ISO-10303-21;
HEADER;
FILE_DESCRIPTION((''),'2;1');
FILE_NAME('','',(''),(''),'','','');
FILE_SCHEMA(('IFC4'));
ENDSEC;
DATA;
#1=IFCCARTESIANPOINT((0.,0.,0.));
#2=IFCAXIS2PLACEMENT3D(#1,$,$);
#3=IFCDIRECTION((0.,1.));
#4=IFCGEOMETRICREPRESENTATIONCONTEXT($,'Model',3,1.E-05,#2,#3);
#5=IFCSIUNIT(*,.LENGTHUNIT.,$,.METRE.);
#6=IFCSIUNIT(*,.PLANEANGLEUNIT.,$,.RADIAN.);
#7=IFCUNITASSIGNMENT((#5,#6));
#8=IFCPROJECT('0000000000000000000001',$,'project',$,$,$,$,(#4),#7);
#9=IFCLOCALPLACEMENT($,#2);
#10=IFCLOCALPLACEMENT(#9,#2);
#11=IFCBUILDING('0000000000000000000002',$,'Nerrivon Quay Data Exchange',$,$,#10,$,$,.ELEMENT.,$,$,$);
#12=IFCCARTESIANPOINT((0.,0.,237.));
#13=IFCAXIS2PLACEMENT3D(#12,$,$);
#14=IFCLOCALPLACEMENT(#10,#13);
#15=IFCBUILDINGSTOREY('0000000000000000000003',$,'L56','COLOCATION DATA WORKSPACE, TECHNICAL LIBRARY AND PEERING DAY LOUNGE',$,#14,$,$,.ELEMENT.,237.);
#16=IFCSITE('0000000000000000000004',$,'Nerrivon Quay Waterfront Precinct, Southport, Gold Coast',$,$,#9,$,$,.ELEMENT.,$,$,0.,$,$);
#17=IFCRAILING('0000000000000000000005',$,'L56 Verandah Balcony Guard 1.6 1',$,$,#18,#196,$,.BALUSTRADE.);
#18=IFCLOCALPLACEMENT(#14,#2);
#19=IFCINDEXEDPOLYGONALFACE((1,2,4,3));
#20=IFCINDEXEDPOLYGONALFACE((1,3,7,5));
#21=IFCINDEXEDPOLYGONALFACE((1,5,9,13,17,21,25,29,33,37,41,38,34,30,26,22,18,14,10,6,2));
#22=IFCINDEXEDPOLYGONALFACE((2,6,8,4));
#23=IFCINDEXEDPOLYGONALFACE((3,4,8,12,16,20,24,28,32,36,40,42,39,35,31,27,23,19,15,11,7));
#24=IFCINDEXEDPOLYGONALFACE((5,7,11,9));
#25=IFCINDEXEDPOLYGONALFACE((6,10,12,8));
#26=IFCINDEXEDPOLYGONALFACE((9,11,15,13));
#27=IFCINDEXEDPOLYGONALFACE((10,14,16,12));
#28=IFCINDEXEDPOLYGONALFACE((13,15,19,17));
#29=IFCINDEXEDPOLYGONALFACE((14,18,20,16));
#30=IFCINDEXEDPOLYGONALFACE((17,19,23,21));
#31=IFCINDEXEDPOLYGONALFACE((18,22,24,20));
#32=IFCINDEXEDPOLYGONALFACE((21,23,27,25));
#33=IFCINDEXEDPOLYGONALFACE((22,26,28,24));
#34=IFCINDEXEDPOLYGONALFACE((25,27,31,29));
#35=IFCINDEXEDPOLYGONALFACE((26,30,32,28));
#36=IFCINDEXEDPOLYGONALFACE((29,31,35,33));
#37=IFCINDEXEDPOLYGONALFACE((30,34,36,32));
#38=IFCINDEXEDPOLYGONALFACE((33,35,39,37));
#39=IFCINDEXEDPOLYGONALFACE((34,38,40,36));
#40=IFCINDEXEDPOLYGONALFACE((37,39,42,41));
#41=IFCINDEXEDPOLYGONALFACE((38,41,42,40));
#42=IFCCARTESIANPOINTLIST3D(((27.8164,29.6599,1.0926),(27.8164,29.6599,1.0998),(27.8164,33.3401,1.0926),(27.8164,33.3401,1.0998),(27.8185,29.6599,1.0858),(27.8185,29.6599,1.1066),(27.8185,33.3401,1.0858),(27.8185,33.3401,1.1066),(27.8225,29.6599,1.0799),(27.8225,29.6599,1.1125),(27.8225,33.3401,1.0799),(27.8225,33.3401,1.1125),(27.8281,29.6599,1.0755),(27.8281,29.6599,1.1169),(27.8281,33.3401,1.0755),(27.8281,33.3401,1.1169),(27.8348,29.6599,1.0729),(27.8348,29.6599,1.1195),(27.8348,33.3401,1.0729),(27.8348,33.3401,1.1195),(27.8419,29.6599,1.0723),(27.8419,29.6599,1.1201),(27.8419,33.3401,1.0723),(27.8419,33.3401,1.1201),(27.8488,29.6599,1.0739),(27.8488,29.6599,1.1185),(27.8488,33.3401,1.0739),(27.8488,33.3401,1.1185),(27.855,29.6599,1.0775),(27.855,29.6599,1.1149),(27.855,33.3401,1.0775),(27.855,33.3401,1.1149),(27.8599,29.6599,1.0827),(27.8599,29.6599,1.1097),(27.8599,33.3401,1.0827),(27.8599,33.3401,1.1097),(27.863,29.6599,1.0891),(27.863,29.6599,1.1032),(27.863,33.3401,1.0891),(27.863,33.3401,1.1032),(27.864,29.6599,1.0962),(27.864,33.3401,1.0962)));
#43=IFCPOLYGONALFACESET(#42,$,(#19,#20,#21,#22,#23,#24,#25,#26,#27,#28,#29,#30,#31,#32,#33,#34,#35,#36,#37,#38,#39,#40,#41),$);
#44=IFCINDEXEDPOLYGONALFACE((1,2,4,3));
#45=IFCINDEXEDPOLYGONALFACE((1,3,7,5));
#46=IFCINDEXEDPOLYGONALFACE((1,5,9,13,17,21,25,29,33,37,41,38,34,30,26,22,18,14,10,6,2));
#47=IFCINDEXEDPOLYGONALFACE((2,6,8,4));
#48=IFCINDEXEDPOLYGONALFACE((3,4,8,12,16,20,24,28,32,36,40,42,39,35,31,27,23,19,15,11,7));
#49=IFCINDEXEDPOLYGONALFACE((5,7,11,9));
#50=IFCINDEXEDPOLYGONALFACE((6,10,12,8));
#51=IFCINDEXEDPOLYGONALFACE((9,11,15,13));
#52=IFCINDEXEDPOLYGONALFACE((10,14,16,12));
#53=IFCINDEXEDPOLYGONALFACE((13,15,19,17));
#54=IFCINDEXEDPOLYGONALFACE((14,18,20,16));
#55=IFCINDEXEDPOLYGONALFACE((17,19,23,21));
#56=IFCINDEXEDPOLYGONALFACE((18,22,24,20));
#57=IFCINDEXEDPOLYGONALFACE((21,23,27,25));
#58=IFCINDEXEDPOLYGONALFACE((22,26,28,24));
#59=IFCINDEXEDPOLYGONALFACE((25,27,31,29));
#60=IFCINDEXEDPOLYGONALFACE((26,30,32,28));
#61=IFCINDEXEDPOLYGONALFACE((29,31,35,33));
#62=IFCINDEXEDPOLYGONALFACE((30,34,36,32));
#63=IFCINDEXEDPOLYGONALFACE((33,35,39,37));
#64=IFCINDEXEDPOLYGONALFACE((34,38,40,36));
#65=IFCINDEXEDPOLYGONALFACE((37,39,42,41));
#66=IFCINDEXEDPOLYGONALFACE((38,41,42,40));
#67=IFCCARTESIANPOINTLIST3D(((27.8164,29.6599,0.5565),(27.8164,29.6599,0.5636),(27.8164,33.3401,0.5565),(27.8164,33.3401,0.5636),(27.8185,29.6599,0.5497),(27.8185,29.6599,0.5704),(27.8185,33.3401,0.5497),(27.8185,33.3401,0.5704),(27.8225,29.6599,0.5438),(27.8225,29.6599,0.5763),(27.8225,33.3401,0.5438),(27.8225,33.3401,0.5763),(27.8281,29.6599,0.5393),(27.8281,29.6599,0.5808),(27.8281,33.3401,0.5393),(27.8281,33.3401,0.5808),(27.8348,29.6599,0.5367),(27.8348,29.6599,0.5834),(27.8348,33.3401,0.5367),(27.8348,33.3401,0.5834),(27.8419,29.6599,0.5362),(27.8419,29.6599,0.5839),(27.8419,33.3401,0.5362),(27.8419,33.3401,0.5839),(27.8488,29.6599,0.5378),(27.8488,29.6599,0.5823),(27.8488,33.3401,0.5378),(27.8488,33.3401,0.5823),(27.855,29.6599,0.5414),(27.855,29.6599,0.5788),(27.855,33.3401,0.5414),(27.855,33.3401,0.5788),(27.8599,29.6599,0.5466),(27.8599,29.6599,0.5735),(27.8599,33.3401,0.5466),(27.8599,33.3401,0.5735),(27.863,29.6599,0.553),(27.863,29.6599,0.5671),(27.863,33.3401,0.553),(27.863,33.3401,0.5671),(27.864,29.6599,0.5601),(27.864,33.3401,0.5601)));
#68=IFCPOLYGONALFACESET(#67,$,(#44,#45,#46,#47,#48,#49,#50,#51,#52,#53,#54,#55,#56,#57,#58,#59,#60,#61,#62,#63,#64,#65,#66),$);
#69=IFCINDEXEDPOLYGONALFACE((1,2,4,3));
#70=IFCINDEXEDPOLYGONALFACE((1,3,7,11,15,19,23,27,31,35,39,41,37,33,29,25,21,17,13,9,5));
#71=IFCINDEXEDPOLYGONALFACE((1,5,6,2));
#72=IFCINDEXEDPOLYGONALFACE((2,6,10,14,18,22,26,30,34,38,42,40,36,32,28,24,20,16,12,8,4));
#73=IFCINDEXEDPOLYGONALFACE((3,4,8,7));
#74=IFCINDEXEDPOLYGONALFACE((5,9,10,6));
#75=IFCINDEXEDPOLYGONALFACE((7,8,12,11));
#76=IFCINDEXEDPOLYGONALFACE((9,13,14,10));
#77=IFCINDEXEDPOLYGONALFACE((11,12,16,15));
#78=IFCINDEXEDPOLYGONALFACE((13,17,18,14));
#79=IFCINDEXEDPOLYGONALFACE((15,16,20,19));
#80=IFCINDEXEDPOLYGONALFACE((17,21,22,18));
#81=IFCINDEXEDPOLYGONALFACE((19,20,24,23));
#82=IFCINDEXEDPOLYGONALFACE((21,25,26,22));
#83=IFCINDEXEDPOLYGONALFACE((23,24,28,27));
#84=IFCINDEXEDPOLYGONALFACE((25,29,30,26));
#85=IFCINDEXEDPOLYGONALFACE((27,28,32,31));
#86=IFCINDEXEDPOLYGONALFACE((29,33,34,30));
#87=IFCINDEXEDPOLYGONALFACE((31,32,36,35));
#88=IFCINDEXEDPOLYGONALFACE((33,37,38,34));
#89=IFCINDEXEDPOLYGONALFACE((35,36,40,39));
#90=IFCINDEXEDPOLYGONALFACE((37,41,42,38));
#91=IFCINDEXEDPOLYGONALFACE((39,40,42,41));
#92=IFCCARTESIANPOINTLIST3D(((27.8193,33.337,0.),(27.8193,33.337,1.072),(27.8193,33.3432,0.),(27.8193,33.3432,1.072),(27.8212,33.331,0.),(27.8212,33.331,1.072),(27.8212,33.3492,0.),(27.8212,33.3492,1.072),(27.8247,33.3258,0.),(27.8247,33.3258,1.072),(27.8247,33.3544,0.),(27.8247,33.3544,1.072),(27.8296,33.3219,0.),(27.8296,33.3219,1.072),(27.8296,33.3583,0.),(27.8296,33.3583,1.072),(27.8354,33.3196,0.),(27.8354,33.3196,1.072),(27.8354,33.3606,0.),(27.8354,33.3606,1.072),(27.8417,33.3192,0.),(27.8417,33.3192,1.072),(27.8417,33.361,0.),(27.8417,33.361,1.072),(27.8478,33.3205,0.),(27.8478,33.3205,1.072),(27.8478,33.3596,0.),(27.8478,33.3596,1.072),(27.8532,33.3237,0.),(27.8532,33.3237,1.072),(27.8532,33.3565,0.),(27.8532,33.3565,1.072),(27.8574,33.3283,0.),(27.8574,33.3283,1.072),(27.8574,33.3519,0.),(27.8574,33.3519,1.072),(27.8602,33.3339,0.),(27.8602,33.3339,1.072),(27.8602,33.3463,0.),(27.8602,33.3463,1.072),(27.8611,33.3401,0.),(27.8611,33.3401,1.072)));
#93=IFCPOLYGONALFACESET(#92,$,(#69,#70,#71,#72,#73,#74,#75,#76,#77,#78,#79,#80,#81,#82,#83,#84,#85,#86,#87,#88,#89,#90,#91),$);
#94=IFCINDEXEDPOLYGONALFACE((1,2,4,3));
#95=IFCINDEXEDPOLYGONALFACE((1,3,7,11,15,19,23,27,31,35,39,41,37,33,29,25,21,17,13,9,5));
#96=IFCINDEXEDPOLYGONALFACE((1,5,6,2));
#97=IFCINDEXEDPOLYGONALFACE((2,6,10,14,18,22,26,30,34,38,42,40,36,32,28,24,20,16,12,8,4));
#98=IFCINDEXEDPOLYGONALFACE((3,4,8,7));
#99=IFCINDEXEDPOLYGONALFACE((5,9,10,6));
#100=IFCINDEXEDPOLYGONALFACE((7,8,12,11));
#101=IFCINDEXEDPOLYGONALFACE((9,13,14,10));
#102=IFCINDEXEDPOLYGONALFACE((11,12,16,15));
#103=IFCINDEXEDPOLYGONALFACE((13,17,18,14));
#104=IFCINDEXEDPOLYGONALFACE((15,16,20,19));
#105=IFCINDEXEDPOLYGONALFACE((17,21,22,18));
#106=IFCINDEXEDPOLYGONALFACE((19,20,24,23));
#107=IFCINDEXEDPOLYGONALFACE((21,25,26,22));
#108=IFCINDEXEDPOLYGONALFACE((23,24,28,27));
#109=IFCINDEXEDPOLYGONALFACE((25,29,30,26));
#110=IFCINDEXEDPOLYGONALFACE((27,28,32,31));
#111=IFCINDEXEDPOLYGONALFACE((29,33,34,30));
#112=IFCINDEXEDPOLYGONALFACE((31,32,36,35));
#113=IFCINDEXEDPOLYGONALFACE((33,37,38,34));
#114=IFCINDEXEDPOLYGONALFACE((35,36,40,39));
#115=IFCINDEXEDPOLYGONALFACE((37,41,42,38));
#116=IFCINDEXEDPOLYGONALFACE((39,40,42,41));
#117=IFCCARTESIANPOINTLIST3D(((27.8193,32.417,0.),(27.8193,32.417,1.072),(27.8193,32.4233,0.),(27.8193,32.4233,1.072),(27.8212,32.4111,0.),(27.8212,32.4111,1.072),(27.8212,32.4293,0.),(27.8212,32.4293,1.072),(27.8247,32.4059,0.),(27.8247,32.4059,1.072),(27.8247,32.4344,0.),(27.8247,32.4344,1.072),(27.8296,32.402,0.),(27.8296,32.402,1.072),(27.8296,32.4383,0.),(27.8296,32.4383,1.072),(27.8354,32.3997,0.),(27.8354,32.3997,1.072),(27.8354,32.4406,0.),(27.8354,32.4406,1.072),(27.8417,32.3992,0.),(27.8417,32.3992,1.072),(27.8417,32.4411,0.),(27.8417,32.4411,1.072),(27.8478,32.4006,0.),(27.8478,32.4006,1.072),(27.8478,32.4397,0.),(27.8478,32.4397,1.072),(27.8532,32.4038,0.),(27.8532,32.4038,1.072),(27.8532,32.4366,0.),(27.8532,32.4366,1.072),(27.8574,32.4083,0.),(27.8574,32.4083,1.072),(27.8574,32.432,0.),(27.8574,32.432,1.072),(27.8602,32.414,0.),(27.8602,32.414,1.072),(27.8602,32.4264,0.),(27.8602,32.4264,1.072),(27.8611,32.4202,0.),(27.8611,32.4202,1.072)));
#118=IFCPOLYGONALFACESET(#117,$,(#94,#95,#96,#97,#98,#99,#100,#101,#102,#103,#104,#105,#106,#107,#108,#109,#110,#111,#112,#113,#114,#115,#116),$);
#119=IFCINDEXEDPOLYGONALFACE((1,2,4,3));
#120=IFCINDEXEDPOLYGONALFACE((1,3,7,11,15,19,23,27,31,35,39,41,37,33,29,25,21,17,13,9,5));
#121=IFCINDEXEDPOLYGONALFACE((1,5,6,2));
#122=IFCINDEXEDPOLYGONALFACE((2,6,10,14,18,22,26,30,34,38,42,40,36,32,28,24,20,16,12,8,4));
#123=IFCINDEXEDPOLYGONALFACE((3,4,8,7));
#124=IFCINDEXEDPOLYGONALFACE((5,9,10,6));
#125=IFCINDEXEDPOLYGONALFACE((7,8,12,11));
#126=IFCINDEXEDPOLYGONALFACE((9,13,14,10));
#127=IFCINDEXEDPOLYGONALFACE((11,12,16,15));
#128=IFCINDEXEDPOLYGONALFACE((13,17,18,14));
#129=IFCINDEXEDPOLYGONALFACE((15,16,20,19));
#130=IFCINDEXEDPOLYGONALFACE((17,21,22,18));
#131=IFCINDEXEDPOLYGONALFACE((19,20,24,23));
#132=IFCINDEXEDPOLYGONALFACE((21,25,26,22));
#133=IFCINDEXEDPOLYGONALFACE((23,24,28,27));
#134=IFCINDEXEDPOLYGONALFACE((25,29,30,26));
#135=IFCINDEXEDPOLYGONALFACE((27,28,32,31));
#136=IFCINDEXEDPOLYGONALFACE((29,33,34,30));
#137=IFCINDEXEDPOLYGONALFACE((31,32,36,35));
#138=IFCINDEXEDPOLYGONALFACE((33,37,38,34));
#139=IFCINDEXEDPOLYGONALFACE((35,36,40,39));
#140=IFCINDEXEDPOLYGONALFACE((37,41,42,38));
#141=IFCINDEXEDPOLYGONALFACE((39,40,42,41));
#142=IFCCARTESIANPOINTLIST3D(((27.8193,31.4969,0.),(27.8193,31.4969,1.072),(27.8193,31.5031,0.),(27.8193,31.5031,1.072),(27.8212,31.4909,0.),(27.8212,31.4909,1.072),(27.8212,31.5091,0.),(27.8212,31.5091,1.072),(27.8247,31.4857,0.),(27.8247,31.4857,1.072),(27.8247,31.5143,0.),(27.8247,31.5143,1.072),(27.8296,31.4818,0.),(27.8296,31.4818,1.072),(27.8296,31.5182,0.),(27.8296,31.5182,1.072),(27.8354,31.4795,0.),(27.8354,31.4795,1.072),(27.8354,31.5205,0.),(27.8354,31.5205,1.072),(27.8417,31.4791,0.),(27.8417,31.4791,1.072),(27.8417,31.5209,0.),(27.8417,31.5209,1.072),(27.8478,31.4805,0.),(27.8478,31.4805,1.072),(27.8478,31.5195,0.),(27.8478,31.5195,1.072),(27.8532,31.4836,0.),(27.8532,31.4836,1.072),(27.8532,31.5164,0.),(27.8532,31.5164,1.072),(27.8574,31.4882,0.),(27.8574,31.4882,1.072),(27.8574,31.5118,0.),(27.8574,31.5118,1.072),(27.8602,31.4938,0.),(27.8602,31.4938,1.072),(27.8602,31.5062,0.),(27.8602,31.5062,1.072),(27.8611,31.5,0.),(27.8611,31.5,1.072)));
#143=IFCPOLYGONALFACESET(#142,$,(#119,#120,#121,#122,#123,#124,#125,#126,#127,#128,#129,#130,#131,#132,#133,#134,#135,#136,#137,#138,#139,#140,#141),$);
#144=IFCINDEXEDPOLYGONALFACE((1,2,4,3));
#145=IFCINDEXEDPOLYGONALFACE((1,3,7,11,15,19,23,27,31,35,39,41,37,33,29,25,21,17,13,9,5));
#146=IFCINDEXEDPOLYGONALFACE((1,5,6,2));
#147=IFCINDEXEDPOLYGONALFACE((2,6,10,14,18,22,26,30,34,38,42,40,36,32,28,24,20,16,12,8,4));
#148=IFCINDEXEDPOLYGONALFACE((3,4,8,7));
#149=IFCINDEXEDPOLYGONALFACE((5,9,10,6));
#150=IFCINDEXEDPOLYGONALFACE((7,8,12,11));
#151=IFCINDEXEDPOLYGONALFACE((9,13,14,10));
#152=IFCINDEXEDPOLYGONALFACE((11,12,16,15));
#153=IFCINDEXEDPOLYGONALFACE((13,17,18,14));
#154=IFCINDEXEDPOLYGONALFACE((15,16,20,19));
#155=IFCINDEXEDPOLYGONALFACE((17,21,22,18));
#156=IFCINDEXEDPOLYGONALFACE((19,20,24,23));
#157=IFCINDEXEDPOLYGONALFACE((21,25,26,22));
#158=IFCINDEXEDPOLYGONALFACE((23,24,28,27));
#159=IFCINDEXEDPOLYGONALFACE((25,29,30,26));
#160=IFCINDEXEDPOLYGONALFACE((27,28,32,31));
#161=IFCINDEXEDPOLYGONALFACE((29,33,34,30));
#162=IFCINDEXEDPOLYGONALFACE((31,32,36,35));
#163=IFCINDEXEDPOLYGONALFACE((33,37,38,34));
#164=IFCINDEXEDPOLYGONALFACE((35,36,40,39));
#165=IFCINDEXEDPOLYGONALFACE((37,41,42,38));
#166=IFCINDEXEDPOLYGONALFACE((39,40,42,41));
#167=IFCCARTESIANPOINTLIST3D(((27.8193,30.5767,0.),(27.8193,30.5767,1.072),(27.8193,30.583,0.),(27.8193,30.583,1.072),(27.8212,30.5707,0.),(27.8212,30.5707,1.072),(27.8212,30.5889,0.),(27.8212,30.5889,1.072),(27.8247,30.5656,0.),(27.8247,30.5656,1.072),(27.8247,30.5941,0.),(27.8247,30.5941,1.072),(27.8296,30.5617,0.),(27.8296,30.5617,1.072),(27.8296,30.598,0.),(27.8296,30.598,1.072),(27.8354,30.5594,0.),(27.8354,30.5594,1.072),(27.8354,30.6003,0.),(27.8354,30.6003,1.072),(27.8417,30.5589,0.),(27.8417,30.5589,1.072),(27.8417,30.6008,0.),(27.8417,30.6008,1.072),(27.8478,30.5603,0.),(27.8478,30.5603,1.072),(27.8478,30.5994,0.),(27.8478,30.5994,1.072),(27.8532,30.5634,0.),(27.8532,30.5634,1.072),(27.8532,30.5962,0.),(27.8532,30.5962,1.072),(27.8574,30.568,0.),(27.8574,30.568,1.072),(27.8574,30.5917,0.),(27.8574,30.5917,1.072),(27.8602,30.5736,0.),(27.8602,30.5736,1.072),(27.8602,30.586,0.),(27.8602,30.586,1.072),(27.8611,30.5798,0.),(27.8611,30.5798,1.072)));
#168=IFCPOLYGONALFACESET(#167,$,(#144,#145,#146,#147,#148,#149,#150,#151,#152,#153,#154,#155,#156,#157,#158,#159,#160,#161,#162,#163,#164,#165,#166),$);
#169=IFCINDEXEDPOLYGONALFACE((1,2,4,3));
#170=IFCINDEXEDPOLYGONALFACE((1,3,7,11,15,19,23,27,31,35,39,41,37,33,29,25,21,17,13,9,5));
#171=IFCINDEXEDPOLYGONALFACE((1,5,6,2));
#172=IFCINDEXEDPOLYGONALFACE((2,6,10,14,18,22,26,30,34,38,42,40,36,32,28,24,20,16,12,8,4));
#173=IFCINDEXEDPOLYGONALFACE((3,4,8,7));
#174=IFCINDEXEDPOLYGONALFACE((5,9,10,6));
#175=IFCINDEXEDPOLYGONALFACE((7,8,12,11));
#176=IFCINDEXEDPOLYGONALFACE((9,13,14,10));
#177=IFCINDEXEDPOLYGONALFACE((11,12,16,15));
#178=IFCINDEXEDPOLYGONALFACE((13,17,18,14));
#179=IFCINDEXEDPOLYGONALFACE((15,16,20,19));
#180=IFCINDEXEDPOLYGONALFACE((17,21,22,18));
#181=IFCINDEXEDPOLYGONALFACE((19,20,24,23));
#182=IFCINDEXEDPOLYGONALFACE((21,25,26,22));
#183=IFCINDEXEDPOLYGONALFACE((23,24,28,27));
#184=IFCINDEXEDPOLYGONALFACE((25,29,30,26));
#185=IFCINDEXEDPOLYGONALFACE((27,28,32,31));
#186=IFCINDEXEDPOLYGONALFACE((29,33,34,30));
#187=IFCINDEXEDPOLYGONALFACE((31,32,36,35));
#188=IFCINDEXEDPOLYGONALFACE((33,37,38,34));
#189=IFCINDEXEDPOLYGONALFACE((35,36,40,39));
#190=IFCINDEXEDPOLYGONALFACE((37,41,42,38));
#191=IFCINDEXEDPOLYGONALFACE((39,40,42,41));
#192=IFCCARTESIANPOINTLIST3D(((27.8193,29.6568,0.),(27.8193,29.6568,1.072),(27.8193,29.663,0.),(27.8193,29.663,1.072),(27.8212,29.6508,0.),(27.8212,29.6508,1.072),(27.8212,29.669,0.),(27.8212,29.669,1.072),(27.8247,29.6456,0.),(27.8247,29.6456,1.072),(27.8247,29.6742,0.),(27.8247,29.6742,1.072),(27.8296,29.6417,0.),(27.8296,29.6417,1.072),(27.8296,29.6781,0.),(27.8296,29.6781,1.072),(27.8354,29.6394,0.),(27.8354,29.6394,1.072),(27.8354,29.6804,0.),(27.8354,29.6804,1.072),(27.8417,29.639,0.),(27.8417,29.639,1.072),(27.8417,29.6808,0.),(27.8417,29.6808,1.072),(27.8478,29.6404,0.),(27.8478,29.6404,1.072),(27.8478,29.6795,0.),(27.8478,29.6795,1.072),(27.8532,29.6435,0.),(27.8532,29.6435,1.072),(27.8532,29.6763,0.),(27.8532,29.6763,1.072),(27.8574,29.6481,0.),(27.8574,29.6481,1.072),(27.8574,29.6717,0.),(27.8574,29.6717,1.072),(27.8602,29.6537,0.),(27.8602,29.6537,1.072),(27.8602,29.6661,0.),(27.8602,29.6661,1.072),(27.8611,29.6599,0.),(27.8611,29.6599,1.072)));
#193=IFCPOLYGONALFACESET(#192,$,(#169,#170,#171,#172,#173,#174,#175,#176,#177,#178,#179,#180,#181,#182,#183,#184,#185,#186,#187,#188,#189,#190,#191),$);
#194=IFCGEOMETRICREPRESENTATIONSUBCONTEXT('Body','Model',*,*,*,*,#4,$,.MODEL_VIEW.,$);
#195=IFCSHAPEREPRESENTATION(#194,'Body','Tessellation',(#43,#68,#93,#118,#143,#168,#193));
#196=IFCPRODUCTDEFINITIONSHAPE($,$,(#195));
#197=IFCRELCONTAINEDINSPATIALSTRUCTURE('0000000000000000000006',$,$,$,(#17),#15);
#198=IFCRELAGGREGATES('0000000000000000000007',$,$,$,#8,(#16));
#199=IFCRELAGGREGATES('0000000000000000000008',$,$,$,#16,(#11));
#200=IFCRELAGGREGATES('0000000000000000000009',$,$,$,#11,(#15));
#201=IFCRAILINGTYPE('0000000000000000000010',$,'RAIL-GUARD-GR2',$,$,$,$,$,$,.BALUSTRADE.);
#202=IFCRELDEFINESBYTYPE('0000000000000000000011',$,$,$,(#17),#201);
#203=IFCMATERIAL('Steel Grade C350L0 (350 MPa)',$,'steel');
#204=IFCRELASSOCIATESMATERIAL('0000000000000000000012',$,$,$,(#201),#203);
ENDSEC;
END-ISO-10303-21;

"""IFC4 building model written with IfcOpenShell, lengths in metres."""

from ifc_helpers import new_model, si_unit, direction, frame, origin, origin_2d, place, context, subcontext, project, spatial, circle, extrude, material, type_object, element, save


model = new_model("IFC4")

# Units and contexts
model_context = context("Model", 3, precision=1e-05, world=origin(), true_north=direction((0.0, 1.0)))
body_context = subcontext(model_context, "Body", "Model", "MODEL_VIEW")
ifc_project = project(units=[si_unit("LENGTHUNIT", "METRE"), si_unit("PLANEANGLEUNIT", "RADIAN")], contexts=[model_context])

# Site, building, storey
site_placement = place(None, origin())
site = spatial("IfcSite", under=ifc_project, at=site_placement, Name="Nerrivon Quay Waterfront Precinct, Southport, Gold Coast", CompositionType="ELEMENT", RefElevation=0.0)
building_placement = place(site_placement, origin())
building = spatial("IfcBuilding", under=site, at=building_placement, Name="Nerrivon Quay Data Exchange", CompositionType="ELEMENT")
storey_placement = place(building_placement, frame((0.0, 0.0, 237.0)))
storey = spatial("IfcBuildingStorey", under=building, at=storey_placement, Name="L56", Description="COLOCATION DATA WORKSPACE, TECHNICAL LIBRARY AND PEERING DAY LOUNGE", CompositionType="ELEMENT", Elevation=237.0)

# Shared definitions
ifc_material_1 = material(Name="Steel Grade C350L0 (350 MPa)", Category="steel")

# Railing
railing_type = type_object("IfcRailingType", Name="RAIL-GUARD-GR2", PredefinedType="BALUSTRADE", material=ifc_material_1)
railing_1_placement = place(storey_placement, frame((27.8401, 33.3401, 0.0)))
element("IfcRailing", 1, at=railing_1_placement, inside=storey, type_object=railing_type, Name="L56 Verandah Balcony Guard 1.6 1", PredefinedType="BALUSTRADE", context=body_context, shape_type="SweptSolid", body=[
    extrude(circle(Radius=0.0239, at=origin_2d()), frame((0.0, 0.0, 1.0962), z_axis=(0.0, -1.0, 0.0), x_axis=(1.0, 0.0, 0.0)), (0.0, 0.0, 1.0), 3.6802),
    extrude(circle(Radius=0.0239, at=origin_2d()), frame((0.0, 0.0, 0.5601), z_axis=(0.0, -1.0, 0.0), x_axis=(1.0, 0.0, 0.0)), (0.0, 0.0, 1.0), 3.6802),
    extrude(circle(Radius=0.021, at=origin_2d()), origin(), (0.0, 0.0, 1.0), 1.072),
    extrude(circle(Radius=0.021, at=origin_2d()), frame((0.0, -0.9199, 0.0)), (0.0, 0.0, 1.0), 1.072),
    extrude(circle(Radius=0.021, at=origin_2d()), frame((0.0, -1.8401, 0.0)), (0.0, 0.0, 1.0), 1.072),
    extrude(circle(Radius=0.021, at=origin_2d()), frame((0.0, -2.7603, 0.0)), (0.0, 0.0, 1.0), 1.072),
    extrude(circle(Radius=0.021, at=origin_2d()), frame((0.0, -3.6802, 0.0)), (0.0, 0.0, 1.0), 1.072),
])

save(model, "model.ifc")
